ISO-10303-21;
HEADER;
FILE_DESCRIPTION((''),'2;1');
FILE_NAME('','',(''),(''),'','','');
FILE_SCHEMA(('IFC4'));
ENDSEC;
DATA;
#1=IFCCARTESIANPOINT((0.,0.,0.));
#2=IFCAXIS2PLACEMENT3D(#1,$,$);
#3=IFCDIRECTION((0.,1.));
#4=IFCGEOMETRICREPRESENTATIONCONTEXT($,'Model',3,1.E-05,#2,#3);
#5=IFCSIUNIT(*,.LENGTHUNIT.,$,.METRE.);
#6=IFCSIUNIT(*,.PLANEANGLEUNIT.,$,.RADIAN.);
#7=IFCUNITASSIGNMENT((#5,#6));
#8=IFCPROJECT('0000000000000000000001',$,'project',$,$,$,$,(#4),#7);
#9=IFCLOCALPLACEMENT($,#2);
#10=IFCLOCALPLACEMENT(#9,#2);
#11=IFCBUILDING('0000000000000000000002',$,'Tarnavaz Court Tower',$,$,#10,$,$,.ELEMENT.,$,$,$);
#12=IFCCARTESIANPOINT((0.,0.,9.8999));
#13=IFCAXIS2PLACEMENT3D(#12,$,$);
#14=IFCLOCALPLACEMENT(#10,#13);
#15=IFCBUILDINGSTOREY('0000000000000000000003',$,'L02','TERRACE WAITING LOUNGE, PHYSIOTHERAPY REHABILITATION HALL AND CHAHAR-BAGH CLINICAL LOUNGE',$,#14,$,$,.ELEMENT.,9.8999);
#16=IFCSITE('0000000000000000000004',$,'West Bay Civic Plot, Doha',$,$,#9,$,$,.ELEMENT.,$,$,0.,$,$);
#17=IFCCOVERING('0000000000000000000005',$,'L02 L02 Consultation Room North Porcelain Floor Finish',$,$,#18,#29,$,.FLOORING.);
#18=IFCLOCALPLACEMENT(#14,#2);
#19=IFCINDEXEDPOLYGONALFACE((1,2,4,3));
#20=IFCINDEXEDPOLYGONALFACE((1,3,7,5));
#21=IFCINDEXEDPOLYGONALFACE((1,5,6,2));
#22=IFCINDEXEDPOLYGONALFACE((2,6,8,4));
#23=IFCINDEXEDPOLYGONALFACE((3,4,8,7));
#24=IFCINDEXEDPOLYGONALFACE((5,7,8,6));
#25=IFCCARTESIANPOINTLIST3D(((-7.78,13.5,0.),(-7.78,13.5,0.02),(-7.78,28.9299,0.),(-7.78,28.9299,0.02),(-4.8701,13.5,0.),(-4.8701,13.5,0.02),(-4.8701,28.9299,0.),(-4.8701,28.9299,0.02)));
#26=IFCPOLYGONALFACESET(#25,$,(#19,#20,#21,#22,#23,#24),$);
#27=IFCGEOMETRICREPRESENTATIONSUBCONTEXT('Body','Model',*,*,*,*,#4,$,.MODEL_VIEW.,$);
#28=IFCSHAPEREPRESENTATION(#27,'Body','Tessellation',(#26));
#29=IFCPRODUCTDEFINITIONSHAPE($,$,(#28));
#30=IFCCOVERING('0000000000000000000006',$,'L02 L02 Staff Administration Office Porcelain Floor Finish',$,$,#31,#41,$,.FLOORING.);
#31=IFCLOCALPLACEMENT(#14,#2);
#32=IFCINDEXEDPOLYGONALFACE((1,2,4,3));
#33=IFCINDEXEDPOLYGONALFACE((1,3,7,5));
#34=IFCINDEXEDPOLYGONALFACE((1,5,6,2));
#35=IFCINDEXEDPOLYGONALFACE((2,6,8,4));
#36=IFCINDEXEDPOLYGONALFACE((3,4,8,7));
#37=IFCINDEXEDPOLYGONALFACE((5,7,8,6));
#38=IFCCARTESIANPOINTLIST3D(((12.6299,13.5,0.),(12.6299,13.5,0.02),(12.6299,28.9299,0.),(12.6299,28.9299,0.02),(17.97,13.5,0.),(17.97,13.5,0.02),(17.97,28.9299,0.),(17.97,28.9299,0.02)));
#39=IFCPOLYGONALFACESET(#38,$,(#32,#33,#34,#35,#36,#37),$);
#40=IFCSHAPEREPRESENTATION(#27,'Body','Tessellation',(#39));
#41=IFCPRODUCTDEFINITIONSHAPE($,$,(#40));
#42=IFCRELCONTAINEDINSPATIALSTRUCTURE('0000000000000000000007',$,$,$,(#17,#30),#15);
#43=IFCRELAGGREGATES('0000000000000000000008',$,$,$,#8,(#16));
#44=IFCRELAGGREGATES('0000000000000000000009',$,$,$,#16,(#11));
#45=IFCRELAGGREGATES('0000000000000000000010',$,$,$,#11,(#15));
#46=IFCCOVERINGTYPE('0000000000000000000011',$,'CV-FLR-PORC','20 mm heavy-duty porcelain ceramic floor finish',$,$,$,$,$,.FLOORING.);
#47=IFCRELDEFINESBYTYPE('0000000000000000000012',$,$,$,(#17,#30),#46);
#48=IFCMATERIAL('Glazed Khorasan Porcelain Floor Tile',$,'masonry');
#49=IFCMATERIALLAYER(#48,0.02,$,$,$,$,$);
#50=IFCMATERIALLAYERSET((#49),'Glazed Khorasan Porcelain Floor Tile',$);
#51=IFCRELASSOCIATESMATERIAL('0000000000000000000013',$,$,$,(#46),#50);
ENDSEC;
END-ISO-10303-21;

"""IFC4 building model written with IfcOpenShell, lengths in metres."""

from ifc_helpers import new_model, si_unit, direction, frame, origin, place, context, subcontext, project, spatial, polyline, outline, extrude, material, layer, layer_set, type_object, element, save


model = new_model("IFC4")

# Units and contexts
model_context = context("Model", 3, precision=1e-05, world=origin(), true_north=direction((0.0, 1.0)))
body_context = subcontext(model_context, "Body", "Model", "MODEL_VIEW")
ifc_project = project(units=[si_unit("LENGTHUNIT", "METRE"), si_unit("PLANEANGLEUNIT", "RADIAN")], contexts=[model_context])

# Site, building, storey
site_placement = place(None, origin())
site = spatial("IfcSite", under=ifc_project, at=site_placement, Name="West Bay Civic Plot, Doha", CompositionType="ELEMENT", RefElevation=0.0)
building_placement = place(site_placement, origin())
building = spatial("IfcBuilding", under=site, at=building_placement, Name="Tarnavaz Court Tower", CompositionType="ELEMENT")
storey_placement = place(building_placement, frame((0.0, 0.0, 9.8999)))
storey = spatial("IfcBuildingStorey", under=building, at=storey_placement, Name="L02", Description="TERRACE WAITING LOUNGE, PHYSIOTHERAPY REHABILITATION HALL AND CHAHAR-BAGH CLINICAL LOUNGE", CompositionType="ELEMENT", Elevation=9.8999)

# Coverings
ifc_material_1 = material(Name="Glazed Khorasan Porcelain Floor Tile", Category="masonry")
ifc_layer_1 = layer(ifc_material_1, 0.02)
ifc_layer_set_1 = layer_set([ifc_layer_1], Name="Glazed Khorasan Porcelain Floor Tile")
covering_type_1 = type_object("IfcCoveringType", Name="CV-FLR-PORC", Description="20 mm heavy-duty porcelain ceramic floor finish", PredefinedType="FLOORING", material=ifc_layer_set_1)
covering_1_placement = place(storey_placement, origin())
element("IfcCovering", 1, at=covering_1_placement, inside=storey, type_object=covering_type_1, Name="L02 L02 Consultation Room North Porcelain Floor Finish", PredefinedType="FLOORING", context=body_context, shape_type="SweptSolid", body=[
    extrude(outline(polyline([(-7.78, 13.5), (-4.8701, 13.5), (-4.8701, 28.9299), (-7.78, 28.9299), (-7.78, 13.5)])), origin(), (0.0, 0.0, 1.0), 0.02),
])
covering_2_placement = place(storey_placement, origin())
element("IfcCovering", 2, at=covering_2_placement, inside=storey, type_object=covering_type_1, Name="L02 L02 Staff Administration Office Porcelain Floor Finish", PredefinedType="FLOORING", context=body_context, shape_type="SweptSolid", body=[
    extrude(outline(polyline([(12.6299, 13.5), (17.97, 13.5), (17.97, 28.9299), (12.6299, 28.9299), (12.6299, 13.5)])), origin(), (0.0, 0.0, 1.0), 0.02),
])

save(model, "model.ifc")
